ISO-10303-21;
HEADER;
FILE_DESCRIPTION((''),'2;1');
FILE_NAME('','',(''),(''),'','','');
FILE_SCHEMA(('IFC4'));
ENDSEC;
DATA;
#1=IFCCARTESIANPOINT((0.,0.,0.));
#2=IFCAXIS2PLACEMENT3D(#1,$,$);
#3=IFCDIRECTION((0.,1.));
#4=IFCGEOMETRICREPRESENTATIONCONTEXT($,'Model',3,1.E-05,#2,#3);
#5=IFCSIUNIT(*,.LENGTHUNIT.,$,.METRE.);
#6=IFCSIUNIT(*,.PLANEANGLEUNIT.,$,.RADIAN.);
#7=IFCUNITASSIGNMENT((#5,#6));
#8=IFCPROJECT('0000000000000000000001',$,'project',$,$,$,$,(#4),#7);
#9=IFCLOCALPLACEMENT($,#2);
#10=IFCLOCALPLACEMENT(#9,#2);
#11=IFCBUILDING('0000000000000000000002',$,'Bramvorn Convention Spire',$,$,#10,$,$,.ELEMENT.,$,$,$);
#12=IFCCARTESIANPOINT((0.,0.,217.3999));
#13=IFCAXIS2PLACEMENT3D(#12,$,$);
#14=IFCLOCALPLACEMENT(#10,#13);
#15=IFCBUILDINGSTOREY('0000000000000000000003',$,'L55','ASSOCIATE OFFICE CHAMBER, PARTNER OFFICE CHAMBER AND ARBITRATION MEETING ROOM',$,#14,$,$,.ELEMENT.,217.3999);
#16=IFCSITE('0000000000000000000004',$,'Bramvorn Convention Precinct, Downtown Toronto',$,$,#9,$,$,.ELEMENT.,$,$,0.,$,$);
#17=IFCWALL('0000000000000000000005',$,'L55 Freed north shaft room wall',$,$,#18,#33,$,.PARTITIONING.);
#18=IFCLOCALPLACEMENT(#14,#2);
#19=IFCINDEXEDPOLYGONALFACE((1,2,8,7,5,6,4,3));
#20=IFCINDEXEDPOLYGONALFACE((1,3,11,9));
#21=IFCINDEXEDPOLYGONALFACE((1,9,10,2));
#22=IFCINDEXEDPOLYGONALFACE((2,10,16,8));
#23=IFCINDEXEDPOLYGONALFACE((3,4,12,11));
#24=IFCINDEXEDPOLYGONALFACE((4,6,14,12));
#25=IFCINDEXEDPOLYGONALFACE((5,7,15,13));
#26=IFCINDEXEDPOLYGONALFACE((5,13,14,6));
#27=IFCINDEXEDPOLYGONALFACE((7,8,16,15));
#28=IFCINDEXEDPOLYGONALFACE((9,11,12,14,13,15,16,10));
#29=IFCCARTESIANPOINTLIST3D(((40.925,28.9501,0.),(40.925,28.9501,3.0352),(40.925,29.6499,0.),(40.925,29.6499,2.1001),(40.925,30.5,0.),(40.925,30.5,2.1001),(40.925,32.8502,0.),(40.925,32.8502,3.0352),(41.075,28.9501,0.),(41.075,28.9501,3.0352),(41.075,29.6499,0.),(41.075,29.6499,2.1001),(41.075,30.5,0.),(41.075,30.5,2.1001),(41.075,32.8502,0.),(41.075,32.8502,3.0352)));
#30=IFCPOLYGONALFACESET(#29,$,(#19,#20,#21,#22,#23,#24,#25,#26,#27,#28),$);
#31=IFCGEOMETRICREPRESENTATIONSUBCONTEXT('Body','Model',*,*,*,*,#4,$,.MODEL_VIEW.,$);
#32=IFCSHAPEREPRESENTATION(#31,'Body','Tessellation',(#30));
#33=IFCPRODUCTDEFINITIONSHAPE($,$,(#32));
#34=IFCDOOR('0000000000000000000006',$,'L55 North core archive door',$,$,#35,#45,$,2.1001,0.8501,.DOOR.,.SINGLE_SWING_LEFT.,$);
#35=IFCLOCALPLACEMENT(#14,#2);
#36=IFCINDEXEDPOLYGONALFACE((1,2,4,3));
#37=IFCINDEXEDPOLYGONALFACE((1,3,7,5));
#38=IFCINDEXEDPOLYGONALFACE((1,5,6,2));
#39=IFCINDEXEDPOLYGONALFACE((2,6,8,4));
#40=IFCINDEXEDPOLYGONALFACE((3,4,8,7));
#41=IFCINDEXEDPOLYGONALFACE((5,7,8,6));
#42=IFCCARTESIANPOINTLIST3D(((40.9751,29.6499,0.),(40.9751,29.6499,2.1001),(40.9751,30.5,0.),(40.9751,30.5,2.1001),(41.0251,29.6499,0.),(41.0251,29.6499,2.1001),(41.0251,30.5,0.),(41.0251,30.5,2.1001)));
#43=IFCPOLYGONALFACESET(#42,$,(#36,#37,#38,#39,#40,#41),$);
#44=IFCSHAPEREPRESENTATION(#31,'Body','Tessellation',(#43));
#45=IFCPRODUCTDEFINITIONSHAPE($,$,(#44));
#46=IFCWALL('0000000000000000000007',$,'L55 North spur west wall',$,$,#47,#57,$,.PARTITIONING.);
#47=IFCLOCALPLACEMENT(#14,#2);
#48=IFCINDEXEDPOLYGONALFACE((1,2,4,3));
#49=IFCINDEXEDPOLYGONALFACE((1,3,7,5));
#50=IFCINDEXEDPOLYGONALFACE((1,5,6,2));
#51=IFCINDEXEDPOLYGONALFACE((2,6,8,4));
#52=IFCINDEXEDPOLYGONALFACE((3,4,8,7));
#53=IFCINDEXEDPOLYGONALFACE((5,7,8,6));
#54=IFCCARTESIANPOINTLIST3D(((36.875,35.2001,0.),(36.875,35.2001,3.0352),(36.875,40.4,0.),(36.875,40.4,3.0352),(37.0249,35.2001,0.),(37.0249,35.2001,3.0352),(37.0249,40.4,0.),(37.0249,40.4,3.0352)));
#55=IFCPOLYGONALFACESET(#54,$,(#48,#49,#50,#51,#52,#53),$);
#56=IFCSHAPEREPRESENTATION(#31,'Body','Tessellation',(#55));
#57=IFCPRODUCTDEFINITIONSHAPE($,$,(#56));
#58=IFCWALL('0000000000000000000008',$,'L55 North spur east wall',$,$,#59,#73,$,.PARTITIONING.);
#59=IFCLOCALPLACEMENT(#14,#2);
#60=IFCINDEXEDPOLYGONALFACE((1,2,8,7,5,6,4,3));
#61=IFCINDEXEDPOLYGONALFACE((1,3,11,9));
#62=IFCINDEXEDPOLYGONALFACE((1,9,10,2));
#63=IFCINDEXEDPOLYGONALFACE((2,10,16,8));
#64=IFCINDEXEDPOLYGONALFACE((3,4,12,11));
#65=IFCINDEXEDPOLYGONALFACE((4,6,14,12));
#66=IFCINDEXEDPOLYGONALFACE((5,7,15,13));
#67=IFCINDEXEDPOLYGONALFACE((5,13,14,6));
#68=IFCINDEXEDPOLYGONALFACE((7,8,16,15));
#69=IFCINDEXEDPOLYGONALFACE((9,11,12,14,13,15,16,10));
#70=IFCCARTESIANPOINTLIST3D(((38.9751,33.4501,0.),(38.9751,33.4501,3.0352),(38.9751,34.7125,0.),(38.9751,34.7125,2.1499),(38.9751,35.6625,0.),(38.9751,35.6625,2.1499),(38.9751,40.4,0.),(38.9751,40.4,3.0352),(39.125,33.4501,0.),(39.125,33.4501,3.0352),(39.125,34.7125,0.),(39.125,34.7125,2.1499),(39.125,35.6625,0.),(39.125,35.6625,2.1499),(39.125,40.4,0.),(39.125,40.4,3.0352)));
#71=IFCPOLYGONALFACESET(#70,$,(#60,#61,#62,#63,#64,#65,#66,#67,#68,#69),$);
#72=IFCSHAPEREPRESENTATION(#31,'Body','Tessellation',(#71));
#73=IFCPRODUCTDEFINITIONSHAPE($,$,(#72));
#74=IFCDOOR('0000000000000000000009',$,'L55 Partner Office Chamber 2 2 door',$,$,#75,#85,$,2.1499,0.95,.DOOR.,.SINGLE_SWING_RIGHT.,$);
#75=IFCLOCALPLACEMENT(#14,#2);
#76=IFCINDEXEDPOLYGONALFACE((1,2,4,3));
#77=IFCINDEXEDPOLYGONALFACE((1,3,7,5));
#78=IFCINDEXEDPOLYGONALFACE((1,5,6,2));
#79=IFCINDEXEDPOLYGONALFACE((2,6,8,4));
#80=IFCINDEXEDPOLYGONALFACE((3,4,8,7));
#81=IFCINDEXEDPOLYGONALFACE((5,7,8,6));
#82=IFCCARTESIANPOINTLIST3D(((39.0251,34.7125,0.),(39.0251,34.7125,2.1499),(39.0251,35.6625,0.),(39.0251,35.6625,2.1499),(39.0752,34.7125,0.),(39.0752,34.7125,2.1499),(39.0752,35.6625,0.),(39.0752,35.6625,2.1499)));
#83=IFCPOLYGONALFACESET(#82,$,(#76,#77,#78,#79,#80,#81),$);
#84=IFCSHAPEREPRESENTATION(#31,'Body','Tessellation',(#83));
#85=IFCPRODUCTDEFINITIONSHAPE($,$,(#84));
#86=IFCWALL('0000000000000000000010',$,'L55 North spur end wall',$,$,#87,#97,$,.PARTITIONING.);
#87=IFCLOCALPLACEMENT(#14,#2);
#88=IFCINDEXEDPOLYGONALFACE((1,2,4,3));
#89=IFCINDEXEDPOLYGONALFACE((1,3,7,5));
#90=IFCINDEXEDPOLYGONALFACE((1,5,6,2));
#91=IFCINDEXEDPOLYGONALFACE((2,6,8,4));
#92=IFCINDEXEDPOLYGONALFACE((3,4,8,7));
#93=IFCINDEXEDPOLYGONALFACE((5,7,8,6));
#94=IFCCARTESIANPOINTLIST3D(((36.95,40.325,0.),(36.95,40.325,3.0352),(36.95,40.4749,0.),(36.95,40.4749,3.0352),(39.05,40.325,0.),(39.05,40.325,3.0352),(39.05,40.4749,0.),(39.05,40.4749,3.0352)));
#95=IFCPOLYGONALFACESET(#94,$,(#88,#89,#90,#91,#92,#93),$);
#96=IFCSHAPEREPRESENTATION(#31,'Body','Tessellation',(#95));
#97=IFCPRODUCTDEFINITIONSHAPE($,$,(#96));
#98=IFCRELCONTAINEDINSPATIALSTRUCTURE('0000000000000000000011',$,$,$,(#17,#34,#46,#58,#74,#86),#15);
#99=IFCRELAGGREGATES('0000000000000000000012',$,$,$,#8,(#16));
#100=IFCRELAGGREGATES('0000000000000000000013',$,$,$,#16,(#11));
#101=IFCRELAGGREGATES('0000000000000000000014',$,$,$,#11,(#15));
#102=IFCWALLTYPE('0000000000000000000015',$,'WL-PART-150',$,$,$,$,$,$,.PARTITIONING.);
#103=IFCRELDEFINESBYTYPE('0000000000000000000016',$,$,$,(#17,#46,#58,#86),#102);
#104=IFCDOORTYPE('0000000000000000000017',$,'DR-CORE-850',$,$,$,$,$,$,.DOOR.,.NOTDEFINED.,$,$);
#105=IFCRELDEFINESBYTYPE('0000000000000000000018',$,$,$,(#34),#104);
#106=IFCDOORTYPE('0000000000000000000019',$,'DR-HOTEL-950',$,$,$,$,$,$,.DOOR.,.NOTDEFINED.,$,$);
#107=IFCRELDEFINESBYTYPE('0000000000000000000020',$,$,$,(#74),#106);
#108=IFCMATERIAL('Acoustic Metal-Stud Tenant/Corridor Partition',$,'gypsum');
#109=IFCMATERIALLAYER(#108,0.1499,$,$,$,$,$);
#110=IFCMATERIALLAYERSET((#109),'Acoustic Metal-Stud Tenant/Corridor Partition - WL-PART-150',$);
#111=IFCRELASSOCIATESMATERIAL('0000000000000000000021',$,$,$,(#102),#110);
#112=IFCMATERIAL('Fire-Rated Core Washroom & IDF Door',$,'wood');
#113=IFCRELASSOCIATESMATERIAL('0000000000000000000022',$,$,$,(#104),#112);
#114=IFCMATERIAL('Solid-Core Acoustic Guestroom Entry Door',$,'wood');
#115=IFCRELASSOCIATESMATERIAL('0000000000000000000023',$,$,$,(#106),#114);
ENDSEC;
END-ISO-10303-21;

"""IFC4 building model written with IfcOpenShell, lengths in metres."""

from ifc_helpers import new_model, si_unit, direction, frame, frame_2d, origin, place, context, subcontext, project, spatial, rectangle, extrude, material, layer, layer_set, type_object, element, fill, save


model = new_model("IFC4")

# Units and contexts
model_context = context("Model", 3, precision=1e-05, world=origin(), true_north=direction((0.0, 1.0)))
body_context = subcontext(model_context, "Body", "Model", "MODEL_VIEW")
ifc_project = project(units=[si_unit("LENGTHUNIT", "METRE"), si_unit("PLANEANGLEUNIT", "RADIAN")], contexts=[model_context])

# Site, building, storey
site_placement = place(None, origin())
site = spatial("IfcSite", under=ifc_project, at=site_placement, Name="Bramvorn Convention Precinct, Downtown Toronto", CompositionType="ELEMENT", RefElevation=0.0)
building_placement = place(site_placement, origin())
building = spatial("IfcBuilding", under=site, at=building_placement, Name="Bramvorn Convention Spire", CompositionType="ELEMENT")
storey_placement = place(building_placement, frame((0.0, 0.0, 217.3999)))
storey = spatial("IfcBuildingStorey", under=building, at=storey_placement, Name="L55", Description="ASSOCIATE OFFICE CHAMBER, PARTNER OFFICE CHAMBER AND ARBITRATION MEETING ROOM", CompositionType="ELEMENT", Elevation=217.3999)

# Wall, opening, door
ifc_material_1 = material(Name="Acoustic Metal-Stud Tenant/Corridor Partition", Category="gypsum")
ifc_layer_1 = layer(ifc_material_1, 0.1499)
ifc_layer_set_1 = layer_set([ifc_layer_1], Name="Acoustic Metal-Stud Tenant/Corridor Partition - WL-PART-150")
wall_type_1 = type_object("IfcWallType", Name="WL-PART-150", PredefinedType="PARTITIONING", material=ifc_layer_set_1)
wall_1_placement = place(storey_placement, frame((41.0, 28.95, 0.0), z_axis=(0.0, 0.0, 1.0), x_axis=(0.0, 1.0, 0.0)))
wall_1 = element("IfcWall", 1, at=wall_1_placement, inside=storey, type_object=wall_type_1, Name="L55 Freed north shaft room wall", PredefinedType="PARTITIONING", context=body_context, shape_type="SweptSolid", body=[
    extrude(rectangle(XDim=3.9001, YDim=0.1499, at=frame_2d((1.9502, 0.0))), origin(), (0.0, 0.0, 1.0), 3.0352),
])
opening_1_placement = place(wall_1_placement, frame((0.7, 0.0, 0.0)))
opening_1 = element("IfcOpeningElement", 2, at=opening_1_placement, cuts=wall_1, PredefinedType="OPENING", context=body_context, shape_type="SweptSolid", body=[
    extrude(rectangle(XDim=0.8501, YDim=2.1001, at=frame_2d((0.425, 1.05))), frame((0.0, 0.085, 0.0), z_axis=(0.0, -1.0, 0.0), x_axis=(1.0, 0.0, 0.0)), (0.0, 0.0, 1.0), 0.1699),
])
ifc_material_2 = material(Name="Fire-Rated Core Washroom & IDF Door", Category="wood")
door_type_1 = type_object("IfcDoorType", Name="DR-CORE-850", OperationType="NOTDEFINED", PredefinedType="DOOR", material=ifc_material_2)
door_1_placement = place(opening_1_placement, origin())
door_1 = element("IfcDoor", 3, at=door_1_placement, inside=storey, type_object=door_type_1, Name="L55 North core archive door", OperationType="SINGLE_SWING_LEFT", OverallHeight=2.1001, OverallWidth=0.8501, PredefinedType="DOOR", context=body_context, shape_type="SweptSolid", body=[
    extrude(rectangle(XDim=0.8501, YDim=2.1001, at=frame_2d((0.425, 1.05))), frame((0.0, 0.0249, 0.0), z_axis=(0.0, -1.0, 0.0), x_axis=(1.0, 0.0, 0.0)), (0.0, 0.0, 1.0), 0.05),
])
fill(opening_1, door_1)

# Wall
wall_2_placement = place(storey_placement, frame((36.95, 35.2, 0.0), z_axis=(0.0, 0.0, 1.0), x_axis=(0.0, 1.0, 0.0)))
element("IfcWall", 4, at=wall_2_placement, inside=storey, type_object=wall_type_1, Name="L55 North spur west wall", PredefinedType="PARTITIONING", context=body_context, shape_type="SweptSolid", body=[
    extrude(rectangle(XDim=5.2, YDim=0.1499, at=frame_2d((2.6001, 0.0))), origin(), (0.0, 0.0, 1.0), 3.0352),
])

# Wall, opening, door
wall_3_placement = place(storey_placement, frame((39.05, 33.45, 0.0), z_axis=(0.0, 0.0, 1.0), x_axis=(0.0, 1.0, 0.0)))
wall_3 = element("IfcWall", 5, at=wall_3_placement, inside=storey, type_object=wall_type_1, Name="L55 North spur east wall", PredefinedType="PARTITIONING", context=body_context, shape_type="SweptSolid", body=[
    extrude(rectangle(XDim=6.95, YDim=0.1499, at=frame_2d((3.4751, 0.0))), origin(), (0.0, 0.0, 1.0), 3.0352),
])
opening_2_placement = place(wall_3_placement, frame((1.2625, 0.0, 0.0)))
opening_2 = element("IfcOpeningElement", 6, at=opening_2_placement, cuts=wall_3, PredefinedType="OPENING", context=body_context, shape_type="SweptSolid", body=[
    extrude(rectangle(XDim=0.95, YDim=2.1499, at=frame_2d((0.4751, 1.075))), frame((0.0, 0.085, 0.0), z_axis=(0.0, -1.0, 0.0), x_axis=(1.0, 0.0, 0.0)), (0.0, 0.0, 1.0), 0.1699),
])
ifc_material_3 = material(Name="Solid-Core Acoustic Guestroom Entry Door", Category="wood")
door_type_2 = type_object("IfcDoorType", Name="DR-HOTEL-950", OperationType="NOTDEFINED", PredefinedType="DOOR", material=ifc_material_3)
door_2_placement = place(opening_2_placement, origin())
door_2 = element("IfcDoor", 7, at=door_2_placement, inside=storey, type_object=door_type_2, Name="L55 Partner Office Chamber 2 2 door", OperationType="SINGLE_SWING_RIGHT", OverallHeight=2.1499, OverallWidth=0.95, PredefinedType="DOOR", context=body_context, shape_type="SweptSolid", body=[
    extrude(rectangle(XDim=0.95, YDim=2.1499, at=frame_2d((0.4751, 1.075))), frame((0.0, 0.0249, 0.0), z_axis=(0.0, -1.0, 0.0), x_axis=(1.0, 0.0, 0.0)), (0.0, 0.0, 1.0), 0.05),
])
fill(opening_2, door_2)

# Wall
wall_4_placement = place(storey_placement, frame((36.95, 40.3999, 0.0), z_axis=(0.0, 0.0, 1.0), x_axis=(1.0, 0.0, 0.0)))
element("IfcWall", 8, at=wall_4_placement, inside=storey, type_object=wall_type_1, Name="L55 North spur end wall", PredefinedType="PARTITIONING", context=body_context, shape_type="SweptSolid", body=[
    extrude(rectangle(XDim=2.1001, YDim=0.1499, at=frame_2d((1.05, 0.0))), origin(), (0.0, 0.0, 1.0), 3.0352),
])

save(model, "model.ifc")
